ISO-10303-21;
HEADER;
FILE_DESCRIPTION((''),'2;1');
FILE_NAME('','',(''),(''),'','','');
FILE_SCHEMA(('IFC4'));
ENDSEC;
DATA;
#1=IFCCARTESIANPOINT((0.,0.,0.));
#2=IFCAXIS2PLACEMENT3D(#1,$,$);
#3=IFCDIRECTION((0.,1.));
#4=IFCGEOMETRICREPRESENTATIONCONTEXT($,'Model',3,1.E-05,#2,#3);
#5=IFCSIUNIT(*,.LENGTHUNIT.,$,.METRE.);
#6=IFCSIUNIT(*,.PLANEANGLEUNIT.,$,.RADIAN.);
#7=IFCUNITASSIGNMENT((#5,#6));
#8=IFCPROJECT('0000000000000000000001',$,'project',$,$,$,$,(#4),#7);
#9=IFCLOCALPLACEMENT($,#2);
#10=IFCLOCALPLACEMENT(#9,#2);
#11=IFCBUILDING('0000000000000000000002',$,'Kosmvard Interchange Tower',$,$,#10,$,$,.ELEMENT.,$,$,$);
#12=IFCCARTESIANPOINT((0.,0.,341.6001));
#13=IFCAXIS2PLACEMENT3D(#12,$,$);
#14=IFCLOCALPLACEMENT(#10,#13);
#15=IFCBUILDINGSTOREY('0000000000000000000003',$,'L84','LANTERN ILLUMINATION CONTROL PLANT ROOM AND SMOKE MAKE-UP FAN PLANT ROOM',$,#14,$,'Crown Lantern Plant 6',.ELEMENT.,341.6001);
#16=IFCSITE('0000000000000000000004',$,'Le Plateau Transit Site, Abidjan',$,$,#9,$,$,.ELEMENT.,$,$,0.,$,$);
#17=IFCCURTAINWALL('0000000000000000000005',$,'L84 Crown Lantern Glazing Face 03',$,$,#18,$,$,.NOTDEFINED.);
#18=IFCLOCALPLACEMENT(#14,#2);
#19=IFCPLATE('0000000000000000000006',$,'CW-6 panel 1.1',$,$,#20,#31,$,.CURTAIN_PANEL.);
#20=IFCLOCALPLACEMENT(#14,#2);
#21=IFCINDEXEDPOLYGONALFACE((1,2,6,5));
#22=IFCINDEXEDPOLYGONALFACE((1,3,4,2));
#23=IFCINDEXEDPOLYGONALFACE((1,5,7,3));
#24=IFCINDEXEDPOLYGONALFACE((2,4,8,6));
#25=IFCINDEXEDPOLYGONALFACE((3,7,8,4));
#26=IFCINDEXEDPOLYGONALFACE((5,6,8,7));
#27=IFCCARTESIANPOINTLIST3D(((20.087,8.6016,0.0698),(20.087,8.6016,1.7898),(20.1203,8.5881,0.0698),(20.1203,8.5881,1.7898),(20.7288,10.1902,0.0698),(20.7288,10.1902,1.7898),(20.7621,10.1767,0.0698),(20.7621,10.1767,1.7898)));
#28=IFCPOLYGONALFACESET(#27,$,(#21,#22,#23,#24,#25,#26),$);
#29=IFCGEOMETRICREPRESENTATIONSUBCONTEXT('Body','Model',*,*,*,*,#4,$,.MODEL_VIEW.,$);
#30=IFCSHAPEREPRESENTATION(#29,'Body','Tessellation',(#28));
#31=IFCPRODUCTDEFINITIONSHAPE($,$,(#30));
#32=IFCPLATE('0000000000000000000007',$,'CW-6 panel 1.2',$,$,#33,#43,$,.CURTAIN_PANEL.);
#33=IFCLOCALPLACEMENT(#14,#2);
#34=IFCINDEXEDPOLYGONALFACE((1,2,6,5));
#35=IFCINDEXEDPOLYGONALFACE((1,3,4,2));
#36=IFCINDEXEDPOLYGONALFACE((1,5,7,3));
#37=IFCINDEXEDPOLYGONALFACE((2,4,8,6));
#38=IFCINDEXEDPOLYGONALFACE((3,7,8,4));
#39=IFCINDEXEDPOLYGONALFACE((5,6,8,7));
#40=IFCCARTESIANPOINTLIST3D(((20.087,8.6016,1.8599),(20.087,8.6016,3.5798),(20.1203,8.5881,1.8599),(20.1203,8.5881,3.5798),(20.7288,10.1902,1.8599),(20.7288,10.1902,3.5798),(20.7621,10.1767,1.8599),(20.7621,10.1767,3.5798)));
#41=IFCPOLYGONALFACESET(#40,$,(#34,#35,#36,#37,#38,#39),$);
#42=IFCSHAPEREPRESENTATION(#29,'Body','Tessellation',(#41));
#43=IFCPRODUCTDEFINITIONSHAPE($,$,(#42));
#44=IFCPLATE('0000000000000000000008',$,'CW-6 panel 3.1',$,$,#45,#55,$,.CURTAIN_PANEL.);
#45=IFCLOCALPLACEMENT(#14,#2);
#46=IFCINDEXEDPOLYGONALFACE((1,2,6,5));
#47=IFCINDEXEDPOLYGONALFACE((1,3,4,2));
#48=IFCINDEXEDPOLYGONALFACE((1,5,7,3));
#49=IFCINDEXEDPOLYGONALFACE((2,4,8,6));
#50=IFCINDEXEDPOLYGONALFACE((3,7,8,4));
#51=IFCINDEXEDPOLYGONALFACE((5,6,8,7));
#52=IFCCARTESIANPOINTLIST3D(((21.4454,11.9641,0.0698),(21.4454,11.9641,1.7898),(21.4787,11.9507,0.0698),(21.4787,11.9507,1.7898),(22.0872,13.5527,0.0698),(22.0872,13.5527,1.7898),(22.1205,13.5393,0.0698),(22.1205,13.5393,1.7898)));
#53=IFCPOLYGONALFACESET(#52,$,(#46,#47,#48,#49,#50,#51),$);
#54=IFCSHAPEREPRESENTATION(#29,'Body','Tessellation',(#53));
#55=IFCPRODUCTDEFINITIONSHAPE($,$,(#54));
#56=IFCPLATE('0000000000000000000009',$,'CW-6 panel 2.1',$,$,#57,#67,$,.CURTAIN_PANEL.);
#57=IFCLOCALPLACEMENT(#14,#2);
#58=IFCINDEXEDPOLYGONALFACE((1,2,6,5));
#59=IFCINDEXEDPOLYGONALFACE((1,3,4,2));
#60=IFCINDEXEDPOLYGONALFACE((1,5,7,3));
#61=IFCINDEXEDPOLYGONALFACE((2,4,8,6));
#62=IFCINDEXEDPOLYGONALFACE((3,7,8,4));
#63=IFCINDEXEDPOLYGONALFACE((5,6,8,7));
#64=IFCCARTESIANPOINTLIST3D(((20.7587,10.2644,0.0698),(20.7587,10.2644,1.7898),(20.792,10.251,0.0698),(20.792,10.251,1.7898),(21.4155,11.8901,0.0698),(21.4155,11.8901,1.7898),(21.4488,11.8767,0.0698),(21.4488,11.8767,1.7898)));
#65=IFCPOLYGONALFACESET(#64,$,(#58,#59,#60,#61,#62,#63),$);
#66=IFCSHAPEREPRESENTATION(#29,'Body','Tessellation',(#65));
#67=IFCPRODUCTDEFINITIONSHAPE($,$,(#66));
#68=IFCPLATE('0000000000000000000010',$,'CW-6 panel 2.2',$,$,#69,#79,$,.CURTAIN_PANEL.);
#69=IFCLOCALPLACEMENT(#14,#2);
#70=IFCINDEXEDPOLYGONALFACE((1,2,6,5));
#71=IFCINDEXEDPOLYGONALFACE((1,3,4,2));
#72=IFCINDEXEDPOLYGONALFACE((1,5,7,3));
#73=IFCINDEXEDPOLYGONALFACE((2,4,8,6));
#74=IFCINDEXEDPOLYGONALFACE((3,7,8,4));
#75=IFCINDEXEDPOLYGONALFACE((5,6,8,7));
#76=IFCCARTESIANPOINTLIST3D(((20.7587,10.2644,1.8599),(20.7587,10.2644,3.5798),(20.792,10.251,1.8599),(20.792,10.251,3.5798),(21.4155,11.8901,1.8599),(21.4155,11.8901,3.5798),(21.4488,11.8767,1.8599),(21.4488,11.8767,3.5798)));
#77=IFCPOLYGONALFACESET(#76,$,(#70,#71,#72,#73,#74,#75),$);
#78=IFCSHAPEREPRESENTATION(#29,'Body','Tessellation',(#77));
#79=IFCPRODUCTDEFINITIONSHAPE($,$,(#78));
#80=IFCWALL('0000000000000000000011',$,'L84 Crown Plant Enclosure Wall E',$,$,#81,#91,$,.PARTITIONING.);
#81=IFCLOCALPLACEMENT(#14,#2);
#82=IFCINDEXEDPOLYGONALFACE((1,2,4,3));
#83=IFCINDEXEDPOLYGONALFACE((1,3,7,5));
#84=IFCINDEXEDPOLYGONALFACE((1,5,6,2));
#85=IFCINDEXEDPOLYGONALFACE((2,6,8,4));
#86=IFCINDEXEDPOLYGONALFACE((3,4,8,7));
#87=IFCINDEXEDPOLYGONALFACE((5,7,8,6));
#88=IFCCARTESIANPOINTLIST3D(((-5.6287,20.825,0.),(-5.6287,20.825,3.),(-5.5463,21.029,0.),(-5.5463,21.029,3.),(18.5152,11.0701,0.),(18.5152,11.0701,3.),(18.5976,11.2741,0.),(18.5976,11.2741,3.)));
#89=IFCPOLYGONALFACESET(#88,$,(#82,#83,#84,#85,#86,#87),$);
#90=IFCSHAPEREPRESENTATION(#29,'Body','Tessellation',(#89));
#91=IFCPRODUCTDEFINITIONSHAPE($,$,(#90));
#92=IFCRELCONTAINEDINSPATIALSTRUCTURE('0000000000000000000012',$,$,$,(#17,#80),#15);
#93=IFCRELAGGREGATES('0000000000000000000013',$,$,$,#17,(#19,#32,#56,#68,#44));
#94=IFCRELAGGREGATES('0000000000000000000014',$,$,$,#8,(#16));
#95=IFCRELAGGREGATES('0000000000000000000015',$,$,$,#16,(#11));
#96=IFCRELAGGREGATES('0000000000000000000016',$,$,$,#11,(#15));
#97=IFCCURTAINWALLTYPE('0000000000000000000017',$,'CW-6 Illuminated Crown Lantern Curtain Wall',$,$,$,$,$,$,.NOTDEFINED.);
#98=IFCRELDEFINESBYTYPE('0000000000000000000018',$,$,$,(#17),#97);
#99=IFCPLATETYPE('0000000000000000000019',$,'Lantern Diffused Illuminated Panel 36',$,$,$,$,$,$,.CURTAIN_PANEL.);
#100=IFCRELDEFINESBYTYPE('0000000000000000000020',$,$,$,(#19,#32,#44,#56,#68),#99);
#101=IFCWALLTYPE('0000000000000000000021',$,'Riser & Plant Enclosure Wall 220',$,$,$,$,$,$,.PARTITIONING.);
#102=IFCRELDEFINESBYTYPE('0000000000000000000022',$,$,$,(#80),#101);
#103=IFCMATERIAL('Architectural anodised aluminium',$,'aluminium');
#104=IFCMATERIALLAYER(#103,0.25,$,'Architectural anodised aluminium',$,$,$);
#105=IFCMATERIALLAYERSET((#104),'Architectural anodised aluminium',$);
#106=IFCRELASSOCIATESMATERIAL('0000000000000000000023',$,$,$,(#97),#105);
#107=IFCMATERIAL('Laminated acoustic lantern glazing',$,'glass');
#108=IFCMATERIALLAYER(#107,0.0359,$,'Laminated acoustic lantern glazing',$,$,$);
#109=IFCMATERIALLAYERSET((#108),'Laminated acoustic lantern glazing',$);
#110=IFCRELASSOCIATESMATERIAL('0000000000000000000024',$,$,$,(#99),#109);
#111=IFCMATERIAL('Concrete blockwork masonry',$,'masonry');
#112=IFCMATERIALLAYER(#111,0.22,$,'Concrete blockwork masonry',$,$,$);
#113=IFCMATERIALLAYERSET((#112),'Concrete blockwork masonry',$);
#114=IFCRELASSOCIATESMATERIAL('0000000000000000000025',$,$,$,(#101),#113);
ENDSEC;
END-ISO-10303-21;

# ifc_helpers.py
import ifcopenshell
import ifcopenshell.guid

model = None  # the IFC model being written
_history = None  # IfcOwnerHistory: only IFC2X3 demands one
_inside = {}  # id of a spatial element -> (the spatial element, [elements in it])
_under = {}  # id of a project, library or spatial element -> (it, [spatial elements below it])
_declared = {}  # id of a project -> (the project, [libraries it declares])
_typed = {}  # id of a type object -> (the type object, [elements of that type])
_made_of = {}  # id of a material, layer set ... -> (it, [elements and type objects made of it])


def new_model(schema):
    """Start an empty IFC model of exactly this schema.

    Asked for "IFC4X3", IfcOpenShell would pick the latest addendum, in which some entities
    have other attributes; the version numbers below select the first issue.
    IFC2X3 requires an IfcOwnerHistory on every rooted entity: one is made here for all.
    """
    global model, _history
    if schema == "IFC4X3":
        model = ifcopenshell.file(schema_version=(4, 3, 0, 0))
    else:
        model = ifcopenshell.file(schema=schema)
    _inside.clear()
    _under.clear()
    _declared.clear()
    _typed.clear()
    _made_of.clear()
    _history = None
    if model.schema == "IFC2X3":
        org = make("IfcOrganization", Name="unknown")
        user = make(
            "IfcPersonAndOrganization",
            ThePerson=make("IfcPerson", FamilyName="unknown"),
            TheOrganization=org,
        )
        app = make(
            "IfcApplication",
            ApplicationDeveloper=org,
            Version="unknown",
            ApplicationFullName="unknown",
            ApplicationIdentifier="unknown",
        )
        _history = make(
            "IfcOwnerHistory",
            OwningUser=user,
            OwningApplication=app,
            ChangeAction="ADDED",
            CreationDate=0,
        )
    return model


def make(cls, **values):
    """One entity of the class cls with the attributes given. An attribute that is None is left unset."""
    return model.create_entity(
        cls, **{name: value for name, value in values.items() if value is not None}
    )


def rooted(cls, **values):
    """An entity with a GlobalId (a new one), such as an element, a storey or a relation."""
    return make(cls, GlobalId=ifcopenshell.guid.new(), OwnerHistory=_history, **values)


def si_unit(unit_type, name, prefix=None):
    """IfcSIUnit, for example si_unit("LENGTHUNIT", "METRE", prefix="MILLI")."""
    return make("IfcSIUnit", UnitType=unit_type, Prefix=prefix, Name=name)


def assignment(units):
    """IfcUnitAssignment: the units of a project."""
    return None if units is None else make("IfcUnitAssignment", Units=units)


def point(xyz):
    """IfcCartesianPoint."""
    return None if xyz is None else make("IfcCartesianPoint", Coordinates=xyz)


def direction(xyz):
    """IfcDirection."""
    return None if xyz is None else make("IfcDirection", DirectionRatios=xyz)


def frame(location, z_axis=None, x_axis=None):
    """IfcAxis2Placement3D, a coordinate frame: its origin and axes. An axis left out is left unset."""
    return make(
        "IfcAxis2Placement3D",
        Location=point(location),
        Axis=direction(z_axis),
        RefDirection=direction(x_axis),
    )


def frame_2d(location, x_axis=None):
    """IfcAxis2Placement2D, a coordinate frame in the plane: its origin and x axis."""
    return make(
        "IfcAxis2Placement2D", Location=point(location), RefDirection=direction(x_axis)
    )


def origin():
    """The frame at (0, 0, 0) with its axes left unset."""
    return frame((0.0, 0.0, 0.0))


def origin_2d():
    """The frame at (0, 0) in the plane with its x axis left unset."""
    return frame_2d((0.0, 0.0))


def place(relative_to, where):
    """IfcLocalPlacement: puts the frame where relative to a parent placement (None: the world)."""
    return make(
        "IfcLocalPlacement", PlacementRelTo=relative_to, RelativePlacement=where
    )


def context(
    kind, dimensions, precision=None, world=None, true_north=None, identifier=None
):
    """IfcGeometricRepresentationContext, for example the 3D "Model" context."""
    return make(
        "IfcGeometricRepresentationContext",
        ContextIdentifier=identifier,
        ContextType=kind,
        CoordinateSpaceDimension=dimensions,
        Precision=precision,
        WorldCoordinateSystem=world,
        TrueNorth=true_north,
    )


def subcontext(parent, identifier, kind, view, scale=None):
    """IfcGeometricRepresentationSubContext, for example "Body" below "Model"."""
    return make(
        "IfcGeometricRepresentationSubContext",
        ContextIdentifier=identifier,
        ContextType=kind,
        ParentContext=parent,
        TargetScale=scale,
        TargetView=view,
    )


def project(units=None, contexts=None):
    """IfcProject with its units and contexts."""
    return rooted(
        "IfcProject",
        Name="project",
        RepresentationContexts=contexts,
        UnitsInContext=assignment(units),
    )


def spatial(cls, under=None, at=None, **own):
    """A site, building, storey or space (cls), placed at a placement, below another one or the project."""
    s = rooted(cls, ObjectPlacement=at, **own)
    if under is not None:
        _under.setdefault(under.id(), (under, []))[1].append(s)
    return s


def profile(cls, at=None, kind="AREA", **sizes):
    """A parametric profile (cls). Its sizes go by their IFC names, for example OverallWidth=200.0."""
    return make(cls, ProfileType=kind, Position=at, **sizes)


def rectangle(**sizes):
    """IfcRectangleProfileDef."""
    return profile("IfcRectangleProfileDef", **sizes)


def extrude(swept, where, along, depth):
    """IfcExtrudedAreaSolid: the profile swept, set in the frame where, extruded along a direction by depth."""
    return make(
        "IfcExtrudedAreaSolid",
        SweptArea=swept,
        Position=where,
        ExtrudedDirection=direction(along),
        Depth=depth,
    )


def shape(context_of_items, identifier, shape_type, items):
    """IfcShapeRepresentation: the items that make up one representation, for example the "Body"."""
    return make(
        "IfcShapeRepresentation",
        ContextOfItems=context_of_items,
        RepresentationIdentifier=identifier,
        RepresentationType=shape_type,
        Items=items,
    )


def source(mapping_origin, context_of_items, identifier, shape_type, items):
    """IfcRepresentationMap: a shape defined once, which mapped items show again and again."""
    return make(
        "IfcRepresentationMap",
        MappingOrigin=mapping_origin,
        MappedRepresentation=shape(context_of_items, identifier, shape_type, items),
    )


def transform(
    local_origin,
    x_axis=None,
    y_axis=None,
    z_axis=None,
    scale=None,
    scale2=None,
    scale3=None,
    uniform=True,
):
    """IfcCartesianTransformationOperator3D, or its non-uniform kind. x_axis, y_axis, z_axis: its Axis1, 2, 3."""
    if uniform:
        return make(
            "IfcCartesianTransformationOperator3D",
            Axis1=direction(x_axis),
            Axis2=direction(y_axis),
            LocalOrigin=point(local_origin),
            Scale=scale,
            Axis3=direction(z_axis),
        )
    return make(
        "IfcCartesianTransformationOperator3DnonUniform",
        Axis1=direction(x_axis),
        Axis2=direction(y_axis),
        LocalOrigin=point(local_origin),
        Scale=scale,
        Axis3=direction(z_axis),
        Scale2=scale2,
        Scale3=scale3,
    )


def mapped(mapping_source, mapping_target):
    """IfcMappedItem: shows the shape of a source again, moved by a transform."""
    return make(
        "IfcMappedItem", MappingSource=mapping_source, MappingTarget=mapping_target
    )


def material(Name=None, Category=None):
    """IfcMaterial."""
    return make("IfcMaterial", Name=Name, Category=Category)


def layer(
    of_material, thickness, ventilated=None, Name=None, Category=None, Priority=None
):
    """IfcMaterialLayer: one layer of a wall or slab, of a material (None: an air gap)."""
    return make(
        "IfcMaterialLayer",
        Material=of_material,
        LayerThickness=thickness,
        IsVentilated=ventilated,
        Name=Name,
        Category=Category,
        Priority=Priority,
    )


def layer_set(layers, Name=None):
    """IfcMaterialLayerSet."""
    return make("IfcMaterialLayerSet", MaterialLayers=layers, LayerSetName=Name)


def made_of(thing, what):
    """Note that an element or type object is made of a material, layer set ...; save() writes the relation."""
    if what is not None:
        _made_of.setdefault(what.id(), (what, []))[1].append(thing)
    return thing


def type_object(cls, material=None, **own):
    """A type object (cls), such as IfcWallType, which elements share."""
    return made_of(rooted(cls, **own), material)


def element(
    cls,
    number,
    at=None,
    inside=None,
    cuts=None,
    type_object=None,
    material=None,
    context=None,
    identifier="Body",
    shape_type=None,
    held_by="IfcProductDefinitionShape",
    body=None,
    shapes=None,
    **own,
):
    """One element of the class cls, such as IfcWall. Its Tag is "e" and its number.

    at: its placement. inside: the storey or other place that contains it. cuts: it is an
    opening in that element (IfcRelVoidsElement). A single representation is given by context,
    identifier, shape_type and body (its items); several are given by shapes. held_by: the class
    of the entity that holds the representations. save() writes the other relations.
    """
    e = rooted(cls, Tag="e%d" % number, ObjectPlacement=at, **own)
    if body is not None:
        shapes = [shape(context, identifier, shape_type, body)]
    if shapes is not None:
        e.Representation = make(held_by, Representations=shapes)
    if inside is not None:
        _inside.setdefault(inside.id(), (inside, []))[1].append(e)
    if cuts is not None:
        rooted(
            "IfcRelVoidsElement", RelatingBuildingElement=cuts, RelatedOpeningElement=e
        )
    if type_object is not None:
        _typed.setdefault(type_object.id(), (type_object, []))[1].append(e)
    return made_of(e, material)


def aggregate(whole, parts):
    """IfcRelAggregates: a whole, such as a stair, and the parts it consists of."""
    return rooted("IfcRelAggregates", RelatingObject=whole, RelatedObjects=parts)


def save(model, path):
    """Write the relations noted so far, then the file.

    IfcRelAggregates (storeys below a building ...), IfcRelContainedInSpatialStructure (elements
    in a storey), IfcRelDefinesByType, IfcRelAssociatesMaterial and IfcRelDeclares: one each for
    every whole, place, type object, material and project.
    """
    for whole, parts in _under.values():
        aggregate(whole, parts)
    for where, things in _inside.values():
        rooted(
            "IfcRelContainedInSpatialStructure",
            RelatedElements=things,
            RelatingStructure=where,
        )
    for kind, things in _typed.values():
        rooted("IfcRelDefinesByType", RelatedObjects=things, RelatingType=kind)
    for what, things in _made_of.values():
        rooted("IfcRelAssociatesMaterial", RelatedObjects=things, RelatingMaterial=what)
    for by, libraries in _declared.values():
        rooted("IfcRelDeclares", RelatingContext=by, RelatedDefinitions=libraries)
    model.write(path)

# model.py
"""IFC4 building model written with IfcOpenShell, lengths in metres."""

from ifc_helpers import new_model, si_unit, direction, frame, frame_2d, origin, origin_2d, place, context, subcontext, project, spatial, rectangle, extrude, source, transform, mapped, material, layer, layer_set, type_object, element, aggregate, save


model = new_model("IFC4")

# Units and contexts
model_context = context("Model", 3, precision=1e-05, world=origin(), true_north=direction((0.0, 1.0)))
body_context = subcontext(model_context, "Body", "Model", "MODEL_VIEW")
ifc_project = project(units=[si_unit("LENGTHUNIT", "METRE"), si_unit("PLANEANGLEUNIT", "RADIAN")], contexts=[model_context])

# Site, building, storey
site_placement = place(None, origin())
site = spatial("IfcSite", under=ifc_project, at=site_placement, Name="Le Plateau Transit Site, Abidjan", CompositionType="ELEMENT", RefElevation=0.0)
building_placement = place(site_placement, origin())
building = spatial("IfcBuilding", under=site, at=building_placement, Name="Kosmvard Interchange Tower", CompositionType="ELEMENT")
storey_placement = place(building_placement, frame((0.0, 0.0, 341.6001)))
storey = spatial("IfcBuildingStorey", under=building, at=storey_placement, Name="L84", Description="LANTERN ILLUMINATION CONTROL PLANT ROOM AND SMOKE MAKE-UP FAN PLANT ROOM", LongName="Crown Lantern Plant 6", CompositionType="ELEMENT", Elevation=341.6001)

# Curtain wall
ifc_material_1 = material(Name="Architectural anodised aluminium", Category="aluminium")
ifc_layer_1 = layer(ifc_material_1, 0.25, Name="Architectural anodised aluminium")
ifc_layer_set_1 = layer_set([ifc_layer_1], Name="Architectural anodised aluminium")
curtain_wall_type = type_object("IfcCurtainWallType", Name="CW-6 Illuminated Crown Lantern Curtain Wall", PredefinedType="NOTDEFINED", material=ifc_layer_set_1)
curtain_wall_placement = place(storey_placement, origin())
curtain_wall = element("IfcCurtainWall", 1, at=curtain_wall_placement, inside=storey, type_object=curtain_wall_type, Name="L84 Crown Lantern Glazing Face 03", PredefinedType="NOTDEFINED")

# Plates
ifc_material_2 = material(Name="Laminated acoustic lantern glazing", Category="glass")
ifc_layer_2 = layer(ifc_material_2, 0.0359, Name="Laminated acoustic lantern glazing")
ifc_layer_set_2 = layer_set([ifc_layer_2], Name="Laminated acoustic lantern glazing")
plate_type_1 = type_object("IfcPlateType", Name="Lantern Diffused Illuminated Panel 36", PredefinedType="CURTAIN_PANEL", material=ifc_layer_set_2)
shared_shape_1 = source(origin(), body_context, "Body", "SweptSolid", [
    extrude(rectangle(XDim=1.7134, YDim=0.0359, at=origin_2d()), origin(), (0.0, 0.0, 1.0), 1.72),
])
plate_1_placement = place(storey_placement, frame((20.4246, 9.3892, 0.0698), z_axis=(0.0, 0.0, 1.0), x_axis=(0.374607, 0.927184, 0.0)))
plate_1 = element("IfcPlate", 2, at=plate_1_placement, type_object=plate_type_1, Name="CW-6 panel 1.1", PredefinedType="CURTAIN_PANEL", context=body_context, shape_type="MappedRepresentation", body=[
    mapped(shared_shape_1, transform((0.0, 0.0, 0.0), scale=1.0)),
])
plate_2_placement = place(storey_placement, frame((20.4246, 9.3892, 1.8599), z_axis=(0.0, 0.0, 1.0), x_axis=(0.374607, 0.927184, 0.0)))
plate_2 = element("IfcPlate", 3, at=plate_2_placement, type_object=plate_type_1, Name="CW-6 panel 1.2", PredefinedType="CURTAIN_PANEL", context=body_context, shape_type="MappedRepresentation", body=[
    mapped(shared_shape_1, transform((0.0, 0.0, 0.0), scale=1.0)),
])
plate_3_placement = place(storey_placement, frame((21.783, 12.7517, 0.0698), z_axis=(0.0, 0.0, 1.0), x_axis=(0.374607, 0.927184, 0.0)))
plate_3 = element("IfcPlate", 4, at=plate_3_placement, type_object=plate_type_1, Name="CW-6 panel 3.1", PredefinedType="CURTAIN_PANEL", context=body_context, shape_type="MappedRepresentation", body=[
    mapped(shared_shape_1, transform((0.0, 0.0, 0.0), scale=1.0)),
])
shared_shape_2 = source(origin(), body_context, "Body", "SweptSolid", [
    extrude(rectangle(XDim=1.7534, YDim=0.0359, at=origin_2d()), origin(), (0.0, 0.0, 1.0), 1.72),
])
plate_4_placement = place(storey_placement, frame((21.1038, 11.0706, 0.0698), z_axis=(0.0, 0.0, 1.0), x_axis=(0.374607, 0.927184, 0.0)))
plate_4 = element("IfcPlate", 5, at=plate_4_placement, type_object=plate_type_1, Name="CW-6 panel 2.1", PredefinedType="CURTAIN_PANEL", context=body_context, shape_type="MappedRepresentation", body=[
    mapped(shared_shape_2, transform((0.0, 0.0, 0.0), scale=1.0)),
])
plate_5_placement = place(storey_placement, frame((21.1038, 11.0706, 1.8599), z_axis=(0.0, 0.0, 1.0), x_axis=(0.374607, 0.927184, 0.0)))
plate_5 = element("IfcPlate", 6, at=plate_5_placement, type_object=plate_type_1, Name="CW-6 panel 2.2", PredefinedType="CURTAIN_PANEL", context=body_context, shape_type="MappedRepresentation", body=[
    mapped(shared_shape_2, transform((0.0, 0.0, 0.0), scale=1.0)),
])
aggregate(curtain_wall, [plate_1, plate_2, plate_4, plate_5, plate_3])

# Wall
ifc_material_3 = material(Name="Concrete blockwork masonry", Category="masonry")
ifc_layer_3 = layer(ifc_material_3, 0.22, Name="Concrete blockwork masonry")
ifc_layer_set_3 = layer_set([ifc_layer_3], Name="Concrete blockwork masonry")
wall_type = type_object("IfcWallType", Name="Riser & Plant Enclosure Wall 220", PredefinedType="PARTITIONING", material=ifc_layer_set_3)
wall_placement = place(storey_placement, frame((18.5564, 11.1721, 0.0), z_axis=(0.0, 0.0, 1.0), x_axis=(-0.927182, 0.374612, 0.0)))
element("IfcWall", 7, at=wall_placement, inside=storey, type_object=wall_type, Name="L84 Crown Plant Enclosure Wall E", PredefinedType="PARTITIONING", context=body_context, shape_type="SweptSolid", body=[
    extrude(rectangle(XDim=26.04, YDim=0.22, at=frame_2d((13.02, 0.0))), origin(), (0.0, 0.0, 1.0), 3.0),
])

save(model, "model.ifc")
